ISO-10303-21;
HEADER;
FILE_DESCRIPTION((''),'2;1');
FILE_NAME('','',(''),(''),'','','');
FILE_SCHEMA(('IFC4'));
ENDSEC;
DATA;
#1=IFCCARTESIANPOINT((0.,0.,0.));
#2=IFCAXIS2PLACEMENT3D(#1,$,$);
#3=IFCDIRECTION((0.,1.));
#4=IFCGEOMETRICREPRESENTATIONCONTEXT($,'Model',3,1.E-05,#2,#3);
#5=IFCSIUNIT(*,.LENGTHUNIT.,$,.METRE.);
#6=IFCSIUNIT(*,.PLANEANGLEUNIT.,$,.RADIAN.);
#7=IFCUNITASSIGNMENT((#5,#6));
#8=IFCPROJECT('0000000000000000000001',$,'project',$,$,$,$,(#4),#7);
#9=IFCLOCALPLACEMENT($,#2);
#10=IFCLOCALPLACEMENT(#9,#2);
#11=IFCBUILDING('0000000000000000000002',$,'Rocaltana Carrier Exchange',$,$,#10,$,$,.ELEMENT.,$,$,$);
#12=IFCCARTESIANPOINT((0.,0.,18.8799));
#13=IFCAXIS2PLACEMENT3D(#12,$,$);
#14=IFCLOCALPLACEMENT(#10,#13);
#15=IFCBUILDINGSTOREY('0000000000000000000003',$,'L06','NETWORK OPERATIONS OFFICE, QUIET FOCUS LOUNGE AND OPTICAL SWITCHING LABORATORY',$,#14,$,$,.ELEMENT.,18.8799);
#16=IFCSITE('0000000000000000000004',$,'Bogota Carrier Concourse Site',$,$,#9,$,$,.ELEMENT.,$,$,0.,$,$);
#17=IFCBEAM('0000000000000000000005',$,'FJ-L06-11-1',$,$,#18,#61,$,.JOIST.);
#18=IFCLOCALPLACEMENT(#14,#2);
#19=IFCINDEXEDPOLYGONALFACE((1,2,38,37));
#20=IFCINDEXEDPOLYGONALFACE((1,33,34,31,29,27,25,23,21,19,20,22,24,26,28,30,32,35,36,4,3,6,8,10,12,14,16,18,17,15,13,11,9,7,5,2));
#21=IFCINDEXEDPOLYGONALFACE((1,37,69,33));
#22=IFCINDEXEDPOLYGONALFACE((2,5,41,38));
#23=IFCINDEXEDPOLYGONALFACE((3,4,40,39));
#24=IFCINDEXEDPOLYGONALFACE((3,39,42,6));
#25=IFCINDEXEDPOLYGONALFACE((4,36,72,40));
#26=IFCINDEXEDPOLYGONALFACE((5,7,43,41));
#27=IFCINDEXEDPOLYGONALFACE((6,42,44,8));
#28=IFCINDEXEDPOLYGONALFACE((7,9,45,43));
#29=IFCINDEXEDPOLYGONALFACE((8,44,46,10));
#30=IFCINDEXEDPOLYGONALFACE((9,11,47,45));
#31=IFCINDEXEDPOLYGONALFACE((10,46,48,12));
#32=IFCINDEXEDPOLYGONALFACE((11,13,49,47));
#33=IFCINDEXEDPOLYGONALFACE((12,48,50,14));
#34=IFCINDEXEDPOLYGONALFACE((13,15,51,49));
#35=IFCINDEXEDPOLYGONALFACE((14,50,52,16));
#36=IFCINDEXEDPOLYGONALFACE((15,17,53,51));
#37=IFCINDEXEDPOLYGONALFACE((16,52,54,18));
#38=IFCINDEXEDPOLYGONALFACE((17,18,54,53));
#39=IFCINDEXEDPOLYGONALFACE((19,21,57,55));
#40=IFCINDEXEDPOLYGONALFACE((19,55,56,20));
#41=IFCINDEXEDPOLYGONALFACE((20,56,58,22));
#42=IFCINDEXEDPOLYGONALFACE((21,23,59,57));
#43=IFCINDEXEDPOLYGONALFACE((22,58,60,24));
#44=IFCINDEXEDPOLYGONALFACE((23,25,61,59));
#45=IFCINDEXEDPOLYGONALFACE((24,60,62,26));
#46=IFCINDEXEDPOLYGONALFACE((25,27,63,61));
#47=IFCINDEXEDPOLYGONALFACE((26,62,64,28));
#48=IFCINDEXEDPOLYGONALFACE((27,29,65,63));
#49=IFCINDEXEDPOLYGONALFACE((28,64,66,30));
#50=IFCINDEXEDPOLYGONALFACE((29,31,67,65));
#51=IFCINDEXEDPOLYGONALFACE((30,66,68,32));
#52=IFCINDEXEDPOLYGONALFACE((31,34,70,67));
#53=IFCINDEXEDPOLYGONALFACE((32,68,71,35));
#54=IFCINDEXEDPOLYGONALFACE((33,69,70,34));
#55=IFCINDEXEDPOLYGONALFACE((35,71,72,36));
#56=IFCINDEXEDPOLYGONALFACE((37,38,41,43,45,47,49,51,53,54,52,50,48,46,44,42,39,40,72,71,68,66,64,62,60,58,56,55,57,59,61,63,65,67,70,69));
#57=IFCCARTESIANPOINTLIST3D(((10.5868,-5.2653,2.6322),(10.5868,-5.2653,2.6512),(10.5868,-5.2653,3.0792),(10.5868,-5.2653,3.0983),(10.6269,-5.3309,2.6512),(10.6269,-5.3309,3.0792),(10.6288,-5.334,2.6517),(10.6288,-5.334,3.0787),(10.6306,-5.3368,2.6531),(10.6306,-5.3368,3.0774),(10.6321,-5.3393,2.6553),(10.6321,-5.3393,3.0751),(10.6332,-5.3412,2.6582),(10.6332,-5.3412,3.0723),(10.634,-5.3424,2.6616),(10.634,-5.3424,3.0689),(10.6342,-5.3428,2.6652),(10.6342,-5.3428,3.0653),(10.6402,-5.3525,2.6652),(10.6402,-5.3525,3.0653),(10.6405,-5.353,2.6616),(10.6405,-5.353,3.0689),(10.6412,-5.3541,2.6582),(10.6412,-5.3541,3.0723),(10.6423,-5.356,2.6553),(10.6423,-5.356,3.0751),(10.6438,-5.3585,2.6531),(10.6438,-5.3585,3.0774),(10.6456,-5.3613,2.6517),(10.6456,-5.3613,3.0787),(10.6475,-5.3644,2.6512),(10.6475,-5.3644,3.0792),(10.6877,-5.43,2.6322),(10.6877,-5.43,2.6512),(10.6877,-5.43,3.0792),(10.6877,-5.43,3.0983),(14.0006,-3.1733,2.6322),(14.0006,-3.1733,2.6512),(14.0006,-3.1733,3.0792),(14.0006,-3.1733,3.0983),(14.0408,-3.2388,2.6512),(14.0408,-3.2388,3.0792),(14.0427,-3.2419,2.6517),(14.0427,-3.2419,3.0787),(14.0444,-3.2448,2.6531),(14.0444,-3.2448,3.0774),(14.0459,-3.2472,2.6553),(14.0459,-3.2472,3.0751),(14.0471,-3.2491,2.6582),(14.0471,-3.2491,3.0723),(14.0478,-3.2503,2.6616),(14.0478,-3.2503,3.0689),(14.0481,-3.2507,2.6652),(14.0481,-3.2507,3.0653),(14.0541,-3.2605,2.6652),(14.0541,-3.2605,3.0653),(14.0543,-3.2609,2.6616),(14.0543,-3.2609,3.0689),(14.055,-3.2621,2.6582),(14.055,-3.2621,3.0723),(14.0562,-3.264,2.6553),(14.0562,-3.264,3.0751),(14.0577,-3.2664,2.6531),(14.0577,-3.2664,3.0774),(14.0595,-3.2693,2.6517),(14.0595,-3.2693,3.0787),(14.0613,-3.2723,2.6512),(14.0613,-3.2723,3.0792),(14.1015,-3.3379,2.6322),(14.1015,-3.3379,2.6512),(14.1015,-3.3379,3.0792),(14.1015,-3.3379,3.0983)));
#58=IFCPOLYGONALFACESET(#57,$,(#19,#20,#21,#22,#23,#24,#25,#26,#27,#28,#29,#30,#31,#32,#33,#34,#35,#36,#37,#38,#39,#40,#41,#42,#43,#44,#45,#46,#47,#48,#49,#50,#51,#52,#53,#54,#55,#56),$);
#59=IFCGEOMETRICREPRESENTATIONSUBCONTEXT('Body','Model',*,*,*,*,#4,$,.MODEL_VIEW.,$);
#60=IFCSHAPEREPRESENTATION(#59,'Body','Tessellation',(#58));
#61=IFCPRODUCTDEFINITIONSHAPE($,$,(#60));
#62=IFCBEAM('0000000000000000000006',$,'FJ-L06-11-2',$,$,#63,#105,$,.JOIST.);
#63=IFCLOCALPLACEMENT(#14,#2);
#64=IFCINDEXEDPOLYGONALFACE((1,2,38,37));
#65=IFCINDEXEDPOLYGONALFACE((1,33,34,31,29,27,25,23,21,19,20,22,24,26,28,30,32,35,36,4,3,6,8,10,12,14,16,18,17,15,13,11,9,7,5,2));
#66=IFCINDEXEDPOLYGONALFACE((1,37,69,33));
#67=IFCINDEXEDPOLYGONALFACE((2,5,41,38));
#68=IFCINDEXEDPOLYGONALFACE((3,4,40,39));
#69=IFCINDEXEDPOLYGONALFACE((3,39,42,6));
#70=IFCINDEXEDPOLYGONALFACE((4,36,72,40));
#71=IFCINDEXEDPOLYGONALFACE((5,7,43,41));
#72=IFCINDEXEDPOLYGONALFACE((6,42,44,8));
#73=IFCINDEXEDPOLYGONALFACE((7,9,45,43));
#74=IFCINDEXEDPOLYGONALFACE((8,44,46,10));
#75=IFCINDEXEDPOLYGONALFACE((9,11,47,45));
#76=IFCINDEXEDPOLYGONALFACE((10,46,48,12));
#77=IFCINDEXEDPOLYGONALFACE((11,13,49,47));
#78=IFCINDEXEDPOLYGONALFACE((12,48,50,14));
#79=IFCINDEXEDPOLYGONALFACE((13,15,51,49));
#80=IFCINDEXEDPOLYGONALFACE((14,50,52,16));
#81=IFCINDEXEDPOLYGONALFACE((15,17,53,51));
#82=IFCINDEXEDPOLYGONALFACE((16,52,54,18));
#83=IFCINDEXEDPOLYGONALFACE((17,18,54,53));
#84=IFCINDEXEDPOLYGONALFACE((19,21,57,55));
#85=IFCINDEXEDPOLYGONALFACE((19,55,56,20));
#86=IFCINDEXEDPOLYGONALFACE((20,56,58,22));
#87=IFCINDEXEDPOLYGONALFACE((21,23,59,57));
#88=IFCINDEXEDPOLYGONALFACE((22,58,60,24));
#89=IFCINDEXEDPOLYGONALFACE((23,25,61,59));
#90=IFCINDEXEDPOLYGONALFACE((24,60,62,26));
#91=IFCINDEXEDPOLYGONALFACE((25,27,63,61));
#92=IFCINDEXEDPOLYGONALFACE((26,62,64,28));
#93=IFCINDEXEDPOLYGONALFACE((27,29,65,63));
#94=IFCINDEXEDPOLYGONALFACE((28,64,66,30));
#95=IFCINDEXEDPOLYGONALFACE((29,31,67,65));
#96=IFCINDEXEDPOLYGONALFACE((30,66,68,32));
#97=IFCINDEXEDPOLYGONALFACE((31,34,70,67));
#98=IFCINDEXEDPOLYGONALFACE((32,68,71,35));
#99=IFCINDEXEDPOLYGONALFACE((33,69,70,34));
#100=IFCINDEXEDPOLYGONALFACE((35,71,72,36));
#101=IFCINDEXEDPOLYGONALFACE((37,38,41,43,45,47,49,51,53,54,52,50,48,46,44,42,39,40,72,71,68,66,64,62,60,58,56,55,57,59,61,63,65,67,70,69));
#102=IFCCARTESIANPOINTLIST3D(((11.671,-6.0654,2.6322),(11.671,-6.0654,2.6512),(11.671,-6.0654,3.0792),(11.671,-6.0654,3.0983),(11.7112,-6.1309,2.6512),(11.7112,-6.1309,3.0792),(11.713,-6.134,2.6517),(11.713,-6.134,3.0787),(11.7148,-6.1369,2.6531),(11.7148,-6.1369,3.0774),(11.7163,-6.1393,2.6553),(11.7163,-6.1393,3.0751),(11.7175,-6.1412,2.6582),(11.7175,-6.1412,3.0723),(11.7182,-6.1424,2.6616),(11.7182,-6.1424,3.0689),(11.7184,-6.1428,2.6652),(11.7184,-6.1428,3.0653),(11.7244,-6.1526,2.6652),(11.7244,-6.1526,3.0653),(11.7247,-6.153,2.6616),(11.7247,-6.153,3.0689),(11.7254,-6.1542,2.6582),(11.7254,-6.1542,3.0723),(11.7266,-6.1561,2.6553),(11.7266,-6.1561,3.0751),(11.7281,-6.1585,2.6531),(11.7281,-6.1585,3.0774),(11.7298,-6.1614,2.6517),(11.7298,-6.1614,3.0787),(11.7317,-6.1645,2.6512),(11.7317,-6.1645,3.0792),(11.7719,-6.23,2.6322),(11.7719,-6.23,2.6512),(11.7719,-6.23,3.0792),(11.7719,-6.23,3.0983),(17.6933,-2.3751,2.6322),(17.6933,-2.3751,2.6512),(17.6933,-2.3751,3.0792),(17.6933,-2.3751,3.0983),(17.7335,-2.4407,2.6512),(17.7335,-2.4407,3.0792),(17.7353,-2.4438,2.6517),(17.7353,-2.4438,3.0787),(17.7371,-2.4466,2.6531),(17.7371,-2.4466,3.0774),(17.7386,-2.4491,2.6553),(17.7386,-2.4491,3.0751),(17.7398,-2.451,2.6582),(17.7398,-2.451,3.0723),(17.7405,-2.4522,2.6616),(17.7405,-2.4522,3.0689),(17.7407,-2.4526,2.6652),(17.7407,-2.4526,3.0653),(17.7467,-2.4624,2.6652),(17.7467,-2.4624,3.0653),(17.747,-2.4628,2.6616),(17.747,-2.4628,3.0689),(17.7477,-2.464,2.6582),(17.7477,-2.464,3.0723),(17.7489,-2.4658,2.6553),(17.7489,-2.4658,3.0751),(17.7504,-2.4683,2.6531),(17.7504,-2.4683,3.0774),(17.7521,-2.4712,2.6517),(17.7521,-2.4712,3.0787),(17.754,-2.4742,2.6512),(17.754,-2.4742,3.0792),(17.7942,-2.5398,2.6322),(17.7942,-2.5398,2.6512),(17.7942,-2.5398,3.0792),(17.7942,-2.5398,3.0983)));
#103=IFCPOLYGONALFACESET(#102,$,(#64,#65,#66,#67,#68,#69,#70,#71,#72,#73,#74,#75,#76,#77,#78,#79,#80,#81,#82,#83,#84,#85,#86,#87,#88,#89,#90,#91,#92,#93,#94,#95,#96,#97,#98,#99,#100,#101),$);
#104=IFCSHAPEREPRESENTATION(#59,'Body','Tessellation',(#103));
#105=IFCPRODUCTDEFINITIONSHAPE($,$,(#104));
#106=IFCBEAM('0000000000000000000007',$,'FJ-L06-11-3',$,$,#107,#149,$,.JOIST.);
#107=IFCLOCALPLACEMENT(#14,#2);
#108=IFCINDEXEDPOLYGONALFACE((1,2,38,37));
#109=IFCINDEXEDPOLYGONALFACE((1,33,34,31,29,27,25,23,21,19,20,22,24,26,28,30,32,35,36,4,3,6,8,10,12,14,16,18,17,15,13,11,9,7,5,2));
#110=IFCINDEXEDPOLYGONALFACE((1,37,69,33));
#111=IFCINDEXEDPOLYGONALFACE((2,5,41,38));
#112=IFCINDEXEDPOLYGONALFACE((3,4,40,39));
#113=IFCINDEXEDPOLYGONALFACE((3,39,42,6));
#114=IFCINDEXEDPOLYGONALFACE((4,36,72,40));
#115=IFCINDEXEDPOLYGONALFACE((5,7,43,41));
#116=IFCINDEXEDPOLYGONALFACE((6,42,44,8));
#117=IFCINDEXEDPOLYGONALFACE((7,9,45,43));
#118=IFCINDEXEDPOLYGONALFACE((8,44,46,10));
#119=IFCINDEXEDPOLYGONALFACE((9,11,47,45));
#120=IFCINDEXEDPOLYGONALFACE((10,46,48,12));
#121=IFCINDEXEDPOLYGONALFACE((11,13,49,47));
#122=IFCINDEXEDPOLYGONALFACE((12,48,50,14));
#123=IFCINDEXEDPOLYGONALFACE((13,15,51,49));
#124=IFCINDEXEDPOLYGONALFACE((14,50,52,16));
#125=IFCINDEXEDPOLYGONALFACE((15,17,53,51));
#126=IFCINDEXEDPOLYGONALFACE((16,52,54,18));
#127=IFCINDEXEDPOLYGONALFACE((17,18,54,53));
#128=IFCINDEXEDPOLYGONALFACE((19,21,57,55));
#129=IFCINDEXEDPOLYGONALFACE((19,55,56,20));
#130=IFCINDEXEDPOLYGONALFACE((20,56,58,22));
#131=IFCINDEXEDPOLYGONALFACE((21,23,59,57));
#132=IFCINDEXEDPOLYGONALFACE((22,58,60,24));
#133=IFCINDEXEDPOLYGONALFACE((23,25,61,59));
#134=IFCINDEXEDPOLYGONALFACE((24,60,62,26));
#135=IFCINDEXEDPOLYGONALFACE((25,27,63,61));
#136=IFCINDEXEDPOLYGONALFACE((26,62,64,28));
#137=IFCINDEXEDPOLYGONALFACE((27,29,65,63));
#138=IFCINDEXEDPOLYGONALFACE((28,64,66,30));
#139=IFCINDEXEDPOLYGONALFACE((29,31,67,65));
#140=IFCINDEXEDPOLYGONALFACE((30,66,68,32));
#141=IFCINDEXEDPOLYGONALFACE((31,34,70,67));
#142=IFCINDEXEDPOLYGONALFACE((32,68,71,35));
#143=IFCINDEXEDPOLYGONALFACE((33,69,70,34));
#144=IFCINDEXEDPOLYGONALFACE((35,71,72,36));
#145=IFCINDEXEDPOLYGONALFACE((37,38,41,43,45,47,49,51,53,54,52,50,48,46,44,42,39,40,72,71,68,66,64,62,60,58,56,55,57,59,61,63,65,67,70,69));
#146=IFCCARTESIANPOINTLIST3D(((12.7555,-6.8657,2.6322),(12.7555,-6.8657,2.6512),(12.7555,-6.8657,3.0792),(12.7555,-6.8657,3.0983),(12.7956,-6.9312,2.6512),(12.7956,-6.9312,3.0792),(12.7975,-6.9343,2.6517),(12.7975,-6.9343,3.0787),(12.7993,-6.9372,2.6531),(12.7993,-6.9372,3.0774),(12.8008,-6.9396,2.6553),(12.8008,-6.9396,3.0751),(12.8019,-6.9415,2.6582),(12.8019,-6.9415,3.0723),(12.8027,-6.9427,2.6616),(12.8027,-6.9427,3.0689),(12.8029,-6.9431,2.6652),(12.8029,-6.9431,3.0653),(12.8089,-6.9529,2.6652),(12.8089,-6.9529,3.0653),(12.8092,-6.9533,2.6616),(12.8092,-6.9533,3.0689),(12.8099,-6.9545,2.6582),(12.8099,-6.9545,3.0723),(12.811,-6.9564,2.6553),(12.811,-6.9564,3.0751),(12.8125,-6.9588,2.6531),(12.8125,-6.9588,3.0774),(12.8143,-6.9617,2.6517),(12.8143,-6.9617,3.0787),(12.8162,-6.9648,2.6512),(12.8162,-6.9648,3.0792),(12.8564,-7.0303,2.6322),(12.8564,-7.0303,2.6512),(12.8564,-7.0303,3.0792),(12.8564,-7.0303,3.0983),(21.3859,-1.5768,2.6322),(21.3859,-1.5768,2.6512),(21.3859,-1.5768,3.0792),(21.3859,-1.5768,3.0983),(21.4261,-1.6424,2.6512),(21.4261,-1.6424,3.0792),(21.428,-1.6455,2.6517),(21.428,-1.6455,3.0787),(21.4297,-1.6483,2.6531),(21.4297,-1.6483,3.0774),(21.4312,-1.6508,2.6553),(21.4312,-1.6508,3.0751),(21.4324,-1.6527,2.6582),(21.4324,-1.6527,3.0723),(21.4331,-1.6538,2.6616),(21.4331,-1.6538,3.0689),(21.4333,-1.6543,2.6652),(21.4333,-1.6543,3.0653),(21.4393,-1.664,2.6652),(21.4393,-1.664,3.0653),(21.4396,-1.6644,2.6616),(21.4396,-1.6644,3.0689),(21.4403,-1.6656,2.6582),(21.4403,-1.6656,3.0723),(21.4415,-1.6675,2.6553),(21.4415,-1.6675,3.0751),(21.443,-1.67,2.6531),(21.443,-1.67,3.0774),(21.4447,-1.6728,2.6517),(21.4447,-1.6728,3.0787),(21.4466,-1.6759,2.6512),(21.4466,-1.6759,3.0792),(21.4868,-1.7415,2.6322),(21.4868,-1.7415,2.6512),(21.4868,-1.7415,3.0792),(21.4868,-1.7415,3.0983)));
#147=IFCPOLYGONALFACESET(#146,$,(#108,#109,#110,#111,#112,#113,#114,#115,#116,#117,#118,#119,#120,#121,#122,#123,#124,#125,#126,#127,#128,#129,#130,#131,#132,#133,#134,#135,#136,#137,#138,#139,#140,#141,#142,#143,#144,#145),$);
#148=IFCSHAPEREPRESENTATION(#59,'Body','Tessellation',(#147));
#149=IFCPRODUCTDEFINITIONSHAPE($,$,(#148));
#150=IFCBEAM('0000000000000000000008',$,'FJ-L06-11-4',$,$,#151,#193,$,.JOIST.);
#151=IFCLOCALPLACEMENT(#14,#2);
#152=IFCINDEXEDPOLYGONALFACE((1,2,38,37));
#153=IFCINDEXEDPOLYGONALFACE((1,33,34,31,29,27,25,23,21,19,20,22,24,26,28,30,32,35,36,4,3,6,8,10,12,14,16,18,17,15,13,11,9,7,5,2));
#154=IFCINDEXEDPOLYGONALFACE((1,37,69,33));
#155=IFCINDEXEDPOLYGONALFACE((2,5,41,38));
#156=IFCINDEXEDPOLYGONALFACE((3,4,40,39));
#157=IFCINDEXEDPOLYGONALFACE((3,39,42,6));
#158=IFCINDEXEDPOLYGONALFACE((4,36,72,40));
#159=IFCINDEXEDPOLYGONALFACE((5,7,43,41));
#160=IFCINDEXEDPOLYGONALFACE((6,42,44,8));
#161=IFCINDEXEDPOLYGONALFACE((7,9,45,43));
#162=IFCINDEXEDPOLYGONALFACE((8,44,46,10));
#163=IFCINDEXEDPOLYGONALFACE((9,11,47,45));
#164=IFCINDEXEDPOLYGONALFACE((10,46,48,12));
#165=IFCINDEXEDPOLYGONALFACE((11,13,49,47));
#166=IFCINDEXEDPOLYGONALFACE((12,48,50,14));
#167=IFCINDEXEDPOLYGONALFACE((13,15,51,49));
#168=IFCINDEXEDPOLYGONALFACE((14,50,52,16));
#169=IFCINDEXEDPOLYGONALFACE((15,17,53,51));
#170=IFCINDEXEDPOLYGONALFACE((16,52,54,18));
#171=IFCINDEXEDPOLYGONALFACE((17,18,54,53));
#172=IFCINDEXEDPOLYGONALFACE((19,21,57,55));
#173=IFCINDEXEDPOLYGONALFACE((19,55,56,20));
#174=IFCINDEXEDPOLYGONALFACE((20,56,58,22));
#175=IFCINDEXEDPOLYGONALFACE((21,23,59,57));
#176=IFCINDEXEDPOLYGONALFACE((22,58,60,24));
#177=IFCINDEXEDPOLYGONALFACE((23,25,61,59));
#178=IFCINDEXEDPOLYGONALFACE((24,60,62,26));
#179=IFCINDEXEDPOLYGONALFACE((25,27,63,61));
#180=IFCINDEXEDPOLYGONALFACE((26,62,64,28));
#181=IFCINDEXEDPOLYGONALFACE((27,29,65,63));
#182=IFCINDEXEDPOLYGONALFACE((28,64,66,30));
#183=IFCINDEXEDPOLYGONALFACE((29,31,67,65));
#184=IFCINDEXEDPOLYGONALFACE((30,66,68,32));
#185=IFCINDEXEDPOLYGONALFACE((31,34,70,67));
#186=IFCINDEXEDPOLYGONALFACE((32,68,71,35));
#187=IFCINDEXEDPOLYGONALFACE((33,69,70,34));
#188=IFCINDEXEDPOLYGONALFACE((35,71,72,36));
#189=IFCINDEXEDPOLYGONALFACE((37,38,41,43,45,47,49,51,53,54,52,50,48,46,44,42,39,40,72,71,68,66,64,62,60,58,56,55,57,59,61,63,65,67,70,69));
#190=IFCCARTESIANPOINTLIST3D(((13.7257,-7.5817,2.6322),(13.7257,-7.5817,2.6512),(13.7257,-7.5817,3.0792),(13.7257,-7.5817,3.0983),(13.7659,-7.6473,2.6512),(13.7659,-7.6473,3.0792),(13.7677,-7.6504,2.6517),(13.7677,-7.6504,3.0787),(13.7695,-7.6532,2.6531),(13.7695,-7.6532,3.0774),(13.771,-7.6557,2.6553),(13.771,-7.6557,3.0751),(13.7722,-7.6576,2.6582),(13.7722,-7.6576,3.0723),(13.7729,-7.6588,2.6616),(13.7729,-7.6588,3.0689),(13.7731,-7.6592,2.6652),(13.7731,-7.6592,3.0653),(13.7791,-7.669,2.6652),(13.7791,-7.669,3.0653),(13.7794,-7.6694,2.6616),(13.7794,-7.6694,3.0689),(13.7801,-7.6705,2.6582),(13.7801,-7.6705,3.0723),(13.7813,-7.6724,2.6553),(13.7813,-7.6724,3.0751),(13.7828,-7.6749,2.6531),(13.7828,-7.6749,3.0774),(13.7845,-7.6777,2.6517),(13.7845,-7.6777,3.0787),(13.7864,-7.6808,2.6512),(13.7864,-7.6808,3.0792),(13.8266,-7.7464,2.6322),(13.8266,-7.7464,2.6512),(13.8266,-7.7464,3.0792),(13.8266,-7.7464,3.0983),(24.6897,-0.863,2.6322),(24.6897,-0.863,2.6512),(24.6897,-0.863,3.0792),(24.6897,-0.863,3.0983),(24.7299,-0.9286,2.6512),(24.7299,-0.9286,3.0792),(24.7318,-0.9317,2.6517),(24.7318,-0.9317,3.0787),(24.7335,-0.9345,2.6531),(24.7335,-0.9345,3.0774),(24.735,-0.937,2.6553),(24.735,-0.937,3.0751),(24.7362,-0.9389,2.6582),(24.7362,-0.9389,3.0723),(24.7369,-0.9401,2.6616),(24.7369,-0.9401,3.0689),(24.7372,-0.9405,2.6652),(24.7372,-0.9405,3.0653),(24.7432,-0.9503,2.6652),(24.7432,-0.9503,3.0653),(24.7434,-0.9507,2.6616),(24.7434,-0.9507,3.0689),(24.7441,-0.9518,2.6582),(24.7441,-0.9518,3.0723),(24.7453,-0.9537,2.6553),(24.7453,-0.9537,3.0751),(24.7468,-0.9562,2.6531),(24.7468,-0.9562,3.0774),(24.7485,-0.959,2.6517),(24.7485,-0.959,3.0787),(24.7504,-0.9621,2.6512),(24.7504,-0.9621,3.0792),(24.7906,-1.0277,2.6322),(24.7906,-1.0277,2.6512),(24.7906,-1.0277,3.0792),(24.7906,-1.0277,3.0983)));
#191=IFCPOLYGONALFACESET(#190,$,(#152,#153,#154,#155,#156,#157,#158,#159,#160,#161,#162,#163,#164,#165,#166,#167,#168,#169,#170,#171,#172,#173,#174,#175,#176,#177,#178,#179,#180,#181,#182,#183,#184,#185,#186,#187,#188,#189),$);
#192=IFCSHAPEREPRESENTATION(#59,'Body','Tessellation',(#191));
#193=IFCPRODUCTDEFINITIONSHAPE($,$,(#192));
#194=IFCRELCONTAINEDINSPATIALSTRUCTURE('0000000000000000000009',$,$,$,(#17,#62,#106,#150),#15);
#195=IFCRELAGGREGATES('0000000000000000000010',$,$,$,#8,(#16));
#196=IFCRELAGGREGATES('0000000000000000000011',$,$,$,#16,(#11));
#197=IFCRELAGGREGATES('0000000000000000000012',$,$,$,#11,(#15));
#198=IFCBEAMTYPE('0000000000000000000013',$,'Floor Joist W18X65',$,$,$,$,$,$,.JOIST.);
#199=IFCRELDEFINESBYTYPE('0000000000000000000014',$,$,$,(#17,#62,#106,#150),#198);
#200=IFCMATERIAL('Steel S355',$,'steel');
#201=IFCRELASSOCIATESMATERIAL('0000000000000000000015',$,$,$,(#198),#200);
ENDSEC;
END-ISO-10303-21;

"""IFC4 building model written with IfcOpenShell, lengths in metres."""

from ifc_helpers import new_model, si_unit, direction, frame, origin, origin_2d, place, context, subcontext, project, spatial, i_section, extrude, material, material_profile, profile_set, type_object, element, save


model = new_model("IFC4")

# Units and contexts
model_context = context("Model", 3, precision=1e-05, world=origin(), true_north=direction((0.0, 1.0)))
body_context = subcontext(model_context, "Body", "Model", "MODEL_VIEW")
ifc_project = project(units=[si_unit("LENGTHUNIT", "METRE"), si_unit("PLANEANGLEUNIT", "RADIAN")], contexts=[model_context])

# Site, building, storey
site_placement = place(None, origin())
site = spatial("IfcSite", under=ifc_project, at=site_placement, Name="Bogota Carrier Concourse Site", CompositionType="ELEMENT", RefElevation=0.0)
building_placement = place(site_placement, origin())
building = spatial("IfcBuilding", under=site, at=building_placement, Name="Rocaltana Carrier Exchange", CompositionType="ELEMENT")
storey_placement = place(building_placement, frame((0.0, 0.0, 18.8799)))
storey = spatial("IfcBuildingStorey", under=building, at=storey_placement, Name="L06", Description="NETWORK OPERATIONS OFFICE, QUIET FOCUS LOUNGE AND OPTICAL SWITCHING LABORATORY", CompositionType="ELEMENT", Elevation=18.8799)

# Beams
ifc_material_1 = material(Name="Steel S355", Category="steel")
ifc_material_profile_1 = material_profile(ifc_material_1, i_section(OverallWidth=0.1931, OverallDepth=0.4661, WebThickness=0.0115, FlangeThickness=0.019, FilletRadius=0.0139, at=origin_2d()), Name="W18X65")
ifc_profile_set_1 = profile_set([ifc_material_profile_1], Name="Steel S355")
beam_type_1 = type_object("IfcBeamType", Name="Floor Joist W18X65", PredefinedType="JOIST", material=ifc_profile_set_1)
beam_1_placement = place(storey_placement, frame((10.6372, -5.3477, 2.8652), z_axis=(0.852635, 0.522508, 0.0), x_axis=(-0.522508, 0.852635, 0.0)))
element("IfcBeam", 1, at=beam_1_placement, inside=storey, type_object=beam_type_1, Name="FJ-L06-11-1", PredefinedType="JOIST", context=body_context, shape_type="SweptSolid", body=[
    extrude(i_section(OverallWidth=0.1931, OverallDepth=0.4661, WebThickness=0.0115, FlangeThickness=0.019, FilletRadius=0.0139, at=origin_2d()), origin(), (0.0, 0.0, 1.0), 4.0039),
])
beam_2_placement = place(storey_placement, frame((11.7214, -6.1477, 2.8652), z_axis=(0.852655, 0.522475, 0.0), x_axis=(-0.522475, 0.852655, 0.0)))
element("IfcBeam", 2, at=beam_2_placement, inside=storey, type_object=beam_type_1, Name="FJ-L06-11-2", PredefinedType="JOIST", context=body_context, shape_type="SweptSolid", body=[
    extrude(i_section(OverallWidth=0.1931, OverallDepth=0.4661, WebThickness=0.0115, FlangeThickness=0.019, FilletRadius=0.0139, at=origin_2d()), origin(), (0.0, 0.0, 1.0), 7.063),
])
beam_3_placement = place(storey_placement, frame((12.8059, -6.948, 2.8652), z_axis=(0.852635, 0.522507, 0.0), x_axis=(-0.522507, 0.852635, 0.0)))
element("IfcBeam", 3, at=beam_3_placement, inside=storey, type_object=beam_type_1, Name="FJ-L06-11-3", PredefinedType="JOIST", context=body_context, shape_type="SweptSolid", body=[
    extrude(i_section(OverallWidth=0.1931, OverallDepth=0.4661, WebThickness=0.0115, FlangeThickness=0.019, FilletRadius=0.0139, at=origin_2d()), origin(), (0.0, 0.0, 1.0), 10.1221),
])
beam_4_placement = place(storey_placement, frame((13.7761, -7.6641, 2.8652), z_axis=(0.852642, 0.522495, 0.0), x_axis=(-0.522495, 0.852642, 0.0)))
element("IfcBeam", 4, at=beam_4_placement, inside=storey, type_object=beam_type_1, Name="FJ-L06-11-4", PredefinedType="JOIST", context=body_context, shape_type="SweptSolid", body=[
    extrude(i_section(OverallWidth=0.1931, OverallDepth=0.4661, WebThickness=0.0115, FlangeThickness=0.019, FilletRadius=0.0139, at=origin_2d()), origin(), (0.0, 0.0, 1.0), 12.8589),
])

save(model, "model.ifc")
